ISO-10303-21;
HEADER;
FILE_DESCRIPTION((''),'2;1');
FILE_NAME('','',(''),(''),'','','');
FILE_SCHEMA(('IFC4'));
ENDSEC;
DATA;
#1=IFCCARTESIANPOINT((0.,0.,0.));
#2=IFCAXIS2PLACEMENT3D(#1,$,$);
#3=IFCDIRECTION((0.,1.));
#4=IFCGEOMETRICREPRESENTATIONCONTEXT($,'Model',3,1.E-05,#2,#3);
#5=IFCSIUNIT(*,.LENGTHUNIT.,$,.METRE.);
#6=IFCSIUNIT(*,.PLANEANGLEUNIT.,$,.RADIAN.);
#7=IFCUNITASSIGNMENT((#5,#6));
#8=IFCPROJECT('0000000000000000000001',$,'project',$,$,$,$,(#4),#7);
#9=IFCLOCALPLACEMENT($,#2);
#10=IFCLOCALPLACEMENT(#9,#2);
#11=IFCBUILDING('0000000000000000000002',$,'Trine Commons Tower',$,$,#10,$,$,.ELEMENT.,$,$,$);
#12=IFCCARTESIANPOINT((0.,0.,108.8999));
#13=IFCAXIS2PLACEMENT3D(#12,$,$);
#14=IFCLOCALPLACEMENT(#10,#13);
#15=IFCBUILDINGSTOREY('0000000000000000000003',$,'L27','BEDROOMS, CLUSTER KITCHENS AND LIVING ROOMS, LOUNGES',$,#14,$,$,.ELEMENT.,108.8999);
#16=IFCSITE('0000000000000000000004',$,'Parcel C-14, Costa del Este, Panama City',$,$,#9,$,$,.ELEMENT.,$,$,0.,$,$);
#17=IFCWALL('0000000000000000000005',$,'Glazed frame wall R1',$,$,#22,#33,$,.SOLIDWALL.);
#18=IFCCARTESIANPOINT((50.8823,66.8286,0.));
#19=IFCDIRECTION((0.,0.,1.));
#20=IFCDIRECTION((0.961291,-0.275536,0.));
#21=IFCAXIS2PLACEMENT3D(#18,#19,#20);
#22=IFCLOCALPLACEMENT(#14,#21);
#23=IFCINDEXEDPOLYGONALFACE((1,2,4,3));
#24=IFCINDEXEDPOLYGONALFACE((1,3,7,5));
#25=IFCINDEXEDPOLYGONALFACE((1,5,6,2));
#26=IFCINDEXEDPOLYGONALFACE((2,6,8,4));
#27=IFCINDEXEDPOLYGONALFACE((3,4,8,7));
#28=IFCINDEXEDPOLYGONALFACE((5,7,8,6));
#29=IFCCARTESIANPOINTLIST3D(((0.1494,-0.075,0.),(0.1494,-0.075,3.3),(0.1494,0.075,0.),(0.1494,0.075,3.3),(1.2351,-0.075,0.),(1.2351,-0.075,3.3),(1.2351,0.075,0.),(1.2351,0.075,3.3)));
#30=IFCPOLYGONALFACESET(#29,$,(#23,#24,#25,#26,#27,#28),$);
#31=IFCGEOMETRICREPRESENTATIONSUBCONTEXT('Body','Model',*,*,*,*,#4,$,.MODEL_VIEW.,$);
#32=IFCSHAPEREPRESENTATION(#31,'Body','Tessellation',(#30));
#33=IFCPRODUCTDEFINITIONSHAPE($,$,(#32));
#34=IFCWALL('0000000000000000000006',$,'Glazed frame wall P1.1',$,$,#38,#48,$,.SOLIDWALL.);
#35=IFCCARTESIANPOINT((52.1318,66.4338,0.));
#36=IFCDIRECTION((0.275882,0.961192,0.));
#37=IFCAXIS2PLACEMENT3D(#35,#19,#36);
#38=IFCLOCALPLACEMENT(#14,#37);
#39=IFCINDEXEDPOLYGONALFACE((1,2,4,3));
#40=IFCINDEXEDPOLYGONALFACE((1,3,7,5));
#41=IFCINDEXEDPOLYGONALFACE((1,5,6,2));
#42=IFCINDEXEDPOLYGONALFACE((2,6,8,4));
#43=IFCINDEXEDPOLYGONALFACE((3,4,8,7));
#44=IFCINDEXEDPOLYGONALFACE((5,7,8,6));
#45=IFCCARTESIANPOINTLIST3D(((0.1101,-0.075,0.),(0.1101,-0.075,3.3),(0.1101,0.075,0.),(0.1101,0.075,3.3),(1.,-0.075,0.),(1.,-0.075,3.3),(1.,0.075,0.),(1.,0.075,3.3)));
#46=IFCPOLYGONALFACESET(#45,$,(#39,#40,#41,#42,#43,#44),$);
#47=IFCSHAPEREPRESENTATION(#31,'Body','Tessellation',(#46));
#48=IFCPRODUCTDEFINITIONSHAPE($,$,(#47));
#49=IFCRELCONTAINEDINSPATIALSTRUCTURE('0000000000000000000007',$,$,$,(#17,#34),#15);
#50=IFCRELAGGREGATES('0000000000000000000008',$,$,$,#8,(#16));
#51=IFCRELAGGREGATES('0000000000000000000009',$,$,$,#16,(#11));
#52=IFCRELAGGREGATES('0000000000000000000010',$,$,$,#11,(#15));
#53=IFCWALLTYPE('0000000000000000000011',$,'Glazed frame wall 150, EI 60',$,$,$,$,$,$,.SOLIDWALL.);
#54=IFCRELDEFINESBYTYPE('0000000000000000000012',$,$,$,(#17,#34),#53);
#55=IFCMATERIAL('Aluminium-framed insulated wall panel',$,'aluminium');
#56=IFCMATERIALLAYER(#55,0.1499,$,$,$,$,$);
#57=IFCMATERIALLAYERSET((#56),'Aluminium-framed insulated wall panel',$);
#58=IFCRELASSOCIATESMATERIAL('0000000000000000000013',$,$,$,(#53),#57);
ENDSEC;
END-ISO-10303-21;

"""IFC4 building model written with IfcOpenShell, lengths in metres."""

from ifc_helpers import new_model, si_unit, direction, frame, origin, place, context, subcontext, project, spatial, polyline, outline, extrude, material, layer, layer_set, type_object, element, save


model = new_model("IFC4")

# Units and contexts
model_context = context("Model", 3, precision=1e-05, world=origin(), true_north=direction((0.0, 1.0)))
body_context = subcontext(model_context, "Body", "Model", "MODEL_VIEW")
ifc_project = project(units=[si_unit("LENGTHUNIT", "METRE"), si_unit("PLANEANGLEUNIT", "RADIAN")], contexts=[model_context])

# Site, building, storey
site_placement = place(None, origin())
site = spatial("IfcSite", under=ifc_project, at=site_placement, Name="Parcel C-14, Costa del Este, Panama City", CompositionType="ELEMENT", RefElevation=0.0)
building_placement = place(site_placement, origin())
building = spatial("IfcBuilding", under=site, at=building_placement, Name="Trine Commons Tower", CompositionType="ELEMENT")
storey_placement = place(building_placement, frame((0.0, 0.0, 108.8999)))
storey = spatial("IfcBuildingStorey", under=building, at=storey_placement, Name="L27", Description="BEDROOMS, CLUSTER KITCHENS AND LIVING ROOMS, LOUNGES", CompositionType="ELEMENT", Elevation=108.8999)

# Walls
ifc_material_1 = material(Name="Aluminium-framed insulated wall panel", Category="aluminium")
ifc_layer_1 = layer(ifc_material_1, 0.1499)
ifc_layer_set_1 = layer_set([ifc_layer_1], Name="Aluminium-framed insulated wall panel")
wall_type_1 = type_object("IfcWallType", Name="Glazed frame wall 150, EI 60", PredefinedType="SOLIDWALL", material=ifc_layer_set_1)
wall_1_placement = place(storey_placement, frame((50.8823, 66.8286, 0.0), z_axis=(0.0, 0.0, 1.0), x_axis=(0.961291, -0.275536, 0.0)))
element("IfcWall", 1, at=wall_1_placement, inside=storey, type_object=wall_type_1, Name="Glazed frame wall R1", PredefinedType="SOLIDWALL", context=body_context, shape_type="SweptSolid", body=[
    extrude(outline(polyline([(0.1494, 0.075), (0.1494, -0.075), (1.2351, -0.075), (1.2351, 0.075), (0.1494, 0.075)])), origin(), (0.0, 0.0, 1.0), 3.3),
])
wall_2_placement = place(storey_placement, frame((52.1318, 66.4338, 0.0), z_axis=(0.0, 0.0, 1.0), x_axis=(0.275882, 0.961192, 0.0)))
element("IfcWall", 2, at=wall_2_placement, inside=storey, type_object=wall_type_1, Name="Glazed frame wall P1.1", PredefinedType="SOLIDWALL", context=body_context, shape_type="SweptSolid", body=[
    extrude(outline(polyline([(0.1101, -0.075), (1.0, -0.075), (1.0, 0.075), (0.1101, 0.075), (0.1101, -0.075)])), origin(), (0.0, 0.0, 1.0), 3.3),
])

save(model, "model.ifc")
